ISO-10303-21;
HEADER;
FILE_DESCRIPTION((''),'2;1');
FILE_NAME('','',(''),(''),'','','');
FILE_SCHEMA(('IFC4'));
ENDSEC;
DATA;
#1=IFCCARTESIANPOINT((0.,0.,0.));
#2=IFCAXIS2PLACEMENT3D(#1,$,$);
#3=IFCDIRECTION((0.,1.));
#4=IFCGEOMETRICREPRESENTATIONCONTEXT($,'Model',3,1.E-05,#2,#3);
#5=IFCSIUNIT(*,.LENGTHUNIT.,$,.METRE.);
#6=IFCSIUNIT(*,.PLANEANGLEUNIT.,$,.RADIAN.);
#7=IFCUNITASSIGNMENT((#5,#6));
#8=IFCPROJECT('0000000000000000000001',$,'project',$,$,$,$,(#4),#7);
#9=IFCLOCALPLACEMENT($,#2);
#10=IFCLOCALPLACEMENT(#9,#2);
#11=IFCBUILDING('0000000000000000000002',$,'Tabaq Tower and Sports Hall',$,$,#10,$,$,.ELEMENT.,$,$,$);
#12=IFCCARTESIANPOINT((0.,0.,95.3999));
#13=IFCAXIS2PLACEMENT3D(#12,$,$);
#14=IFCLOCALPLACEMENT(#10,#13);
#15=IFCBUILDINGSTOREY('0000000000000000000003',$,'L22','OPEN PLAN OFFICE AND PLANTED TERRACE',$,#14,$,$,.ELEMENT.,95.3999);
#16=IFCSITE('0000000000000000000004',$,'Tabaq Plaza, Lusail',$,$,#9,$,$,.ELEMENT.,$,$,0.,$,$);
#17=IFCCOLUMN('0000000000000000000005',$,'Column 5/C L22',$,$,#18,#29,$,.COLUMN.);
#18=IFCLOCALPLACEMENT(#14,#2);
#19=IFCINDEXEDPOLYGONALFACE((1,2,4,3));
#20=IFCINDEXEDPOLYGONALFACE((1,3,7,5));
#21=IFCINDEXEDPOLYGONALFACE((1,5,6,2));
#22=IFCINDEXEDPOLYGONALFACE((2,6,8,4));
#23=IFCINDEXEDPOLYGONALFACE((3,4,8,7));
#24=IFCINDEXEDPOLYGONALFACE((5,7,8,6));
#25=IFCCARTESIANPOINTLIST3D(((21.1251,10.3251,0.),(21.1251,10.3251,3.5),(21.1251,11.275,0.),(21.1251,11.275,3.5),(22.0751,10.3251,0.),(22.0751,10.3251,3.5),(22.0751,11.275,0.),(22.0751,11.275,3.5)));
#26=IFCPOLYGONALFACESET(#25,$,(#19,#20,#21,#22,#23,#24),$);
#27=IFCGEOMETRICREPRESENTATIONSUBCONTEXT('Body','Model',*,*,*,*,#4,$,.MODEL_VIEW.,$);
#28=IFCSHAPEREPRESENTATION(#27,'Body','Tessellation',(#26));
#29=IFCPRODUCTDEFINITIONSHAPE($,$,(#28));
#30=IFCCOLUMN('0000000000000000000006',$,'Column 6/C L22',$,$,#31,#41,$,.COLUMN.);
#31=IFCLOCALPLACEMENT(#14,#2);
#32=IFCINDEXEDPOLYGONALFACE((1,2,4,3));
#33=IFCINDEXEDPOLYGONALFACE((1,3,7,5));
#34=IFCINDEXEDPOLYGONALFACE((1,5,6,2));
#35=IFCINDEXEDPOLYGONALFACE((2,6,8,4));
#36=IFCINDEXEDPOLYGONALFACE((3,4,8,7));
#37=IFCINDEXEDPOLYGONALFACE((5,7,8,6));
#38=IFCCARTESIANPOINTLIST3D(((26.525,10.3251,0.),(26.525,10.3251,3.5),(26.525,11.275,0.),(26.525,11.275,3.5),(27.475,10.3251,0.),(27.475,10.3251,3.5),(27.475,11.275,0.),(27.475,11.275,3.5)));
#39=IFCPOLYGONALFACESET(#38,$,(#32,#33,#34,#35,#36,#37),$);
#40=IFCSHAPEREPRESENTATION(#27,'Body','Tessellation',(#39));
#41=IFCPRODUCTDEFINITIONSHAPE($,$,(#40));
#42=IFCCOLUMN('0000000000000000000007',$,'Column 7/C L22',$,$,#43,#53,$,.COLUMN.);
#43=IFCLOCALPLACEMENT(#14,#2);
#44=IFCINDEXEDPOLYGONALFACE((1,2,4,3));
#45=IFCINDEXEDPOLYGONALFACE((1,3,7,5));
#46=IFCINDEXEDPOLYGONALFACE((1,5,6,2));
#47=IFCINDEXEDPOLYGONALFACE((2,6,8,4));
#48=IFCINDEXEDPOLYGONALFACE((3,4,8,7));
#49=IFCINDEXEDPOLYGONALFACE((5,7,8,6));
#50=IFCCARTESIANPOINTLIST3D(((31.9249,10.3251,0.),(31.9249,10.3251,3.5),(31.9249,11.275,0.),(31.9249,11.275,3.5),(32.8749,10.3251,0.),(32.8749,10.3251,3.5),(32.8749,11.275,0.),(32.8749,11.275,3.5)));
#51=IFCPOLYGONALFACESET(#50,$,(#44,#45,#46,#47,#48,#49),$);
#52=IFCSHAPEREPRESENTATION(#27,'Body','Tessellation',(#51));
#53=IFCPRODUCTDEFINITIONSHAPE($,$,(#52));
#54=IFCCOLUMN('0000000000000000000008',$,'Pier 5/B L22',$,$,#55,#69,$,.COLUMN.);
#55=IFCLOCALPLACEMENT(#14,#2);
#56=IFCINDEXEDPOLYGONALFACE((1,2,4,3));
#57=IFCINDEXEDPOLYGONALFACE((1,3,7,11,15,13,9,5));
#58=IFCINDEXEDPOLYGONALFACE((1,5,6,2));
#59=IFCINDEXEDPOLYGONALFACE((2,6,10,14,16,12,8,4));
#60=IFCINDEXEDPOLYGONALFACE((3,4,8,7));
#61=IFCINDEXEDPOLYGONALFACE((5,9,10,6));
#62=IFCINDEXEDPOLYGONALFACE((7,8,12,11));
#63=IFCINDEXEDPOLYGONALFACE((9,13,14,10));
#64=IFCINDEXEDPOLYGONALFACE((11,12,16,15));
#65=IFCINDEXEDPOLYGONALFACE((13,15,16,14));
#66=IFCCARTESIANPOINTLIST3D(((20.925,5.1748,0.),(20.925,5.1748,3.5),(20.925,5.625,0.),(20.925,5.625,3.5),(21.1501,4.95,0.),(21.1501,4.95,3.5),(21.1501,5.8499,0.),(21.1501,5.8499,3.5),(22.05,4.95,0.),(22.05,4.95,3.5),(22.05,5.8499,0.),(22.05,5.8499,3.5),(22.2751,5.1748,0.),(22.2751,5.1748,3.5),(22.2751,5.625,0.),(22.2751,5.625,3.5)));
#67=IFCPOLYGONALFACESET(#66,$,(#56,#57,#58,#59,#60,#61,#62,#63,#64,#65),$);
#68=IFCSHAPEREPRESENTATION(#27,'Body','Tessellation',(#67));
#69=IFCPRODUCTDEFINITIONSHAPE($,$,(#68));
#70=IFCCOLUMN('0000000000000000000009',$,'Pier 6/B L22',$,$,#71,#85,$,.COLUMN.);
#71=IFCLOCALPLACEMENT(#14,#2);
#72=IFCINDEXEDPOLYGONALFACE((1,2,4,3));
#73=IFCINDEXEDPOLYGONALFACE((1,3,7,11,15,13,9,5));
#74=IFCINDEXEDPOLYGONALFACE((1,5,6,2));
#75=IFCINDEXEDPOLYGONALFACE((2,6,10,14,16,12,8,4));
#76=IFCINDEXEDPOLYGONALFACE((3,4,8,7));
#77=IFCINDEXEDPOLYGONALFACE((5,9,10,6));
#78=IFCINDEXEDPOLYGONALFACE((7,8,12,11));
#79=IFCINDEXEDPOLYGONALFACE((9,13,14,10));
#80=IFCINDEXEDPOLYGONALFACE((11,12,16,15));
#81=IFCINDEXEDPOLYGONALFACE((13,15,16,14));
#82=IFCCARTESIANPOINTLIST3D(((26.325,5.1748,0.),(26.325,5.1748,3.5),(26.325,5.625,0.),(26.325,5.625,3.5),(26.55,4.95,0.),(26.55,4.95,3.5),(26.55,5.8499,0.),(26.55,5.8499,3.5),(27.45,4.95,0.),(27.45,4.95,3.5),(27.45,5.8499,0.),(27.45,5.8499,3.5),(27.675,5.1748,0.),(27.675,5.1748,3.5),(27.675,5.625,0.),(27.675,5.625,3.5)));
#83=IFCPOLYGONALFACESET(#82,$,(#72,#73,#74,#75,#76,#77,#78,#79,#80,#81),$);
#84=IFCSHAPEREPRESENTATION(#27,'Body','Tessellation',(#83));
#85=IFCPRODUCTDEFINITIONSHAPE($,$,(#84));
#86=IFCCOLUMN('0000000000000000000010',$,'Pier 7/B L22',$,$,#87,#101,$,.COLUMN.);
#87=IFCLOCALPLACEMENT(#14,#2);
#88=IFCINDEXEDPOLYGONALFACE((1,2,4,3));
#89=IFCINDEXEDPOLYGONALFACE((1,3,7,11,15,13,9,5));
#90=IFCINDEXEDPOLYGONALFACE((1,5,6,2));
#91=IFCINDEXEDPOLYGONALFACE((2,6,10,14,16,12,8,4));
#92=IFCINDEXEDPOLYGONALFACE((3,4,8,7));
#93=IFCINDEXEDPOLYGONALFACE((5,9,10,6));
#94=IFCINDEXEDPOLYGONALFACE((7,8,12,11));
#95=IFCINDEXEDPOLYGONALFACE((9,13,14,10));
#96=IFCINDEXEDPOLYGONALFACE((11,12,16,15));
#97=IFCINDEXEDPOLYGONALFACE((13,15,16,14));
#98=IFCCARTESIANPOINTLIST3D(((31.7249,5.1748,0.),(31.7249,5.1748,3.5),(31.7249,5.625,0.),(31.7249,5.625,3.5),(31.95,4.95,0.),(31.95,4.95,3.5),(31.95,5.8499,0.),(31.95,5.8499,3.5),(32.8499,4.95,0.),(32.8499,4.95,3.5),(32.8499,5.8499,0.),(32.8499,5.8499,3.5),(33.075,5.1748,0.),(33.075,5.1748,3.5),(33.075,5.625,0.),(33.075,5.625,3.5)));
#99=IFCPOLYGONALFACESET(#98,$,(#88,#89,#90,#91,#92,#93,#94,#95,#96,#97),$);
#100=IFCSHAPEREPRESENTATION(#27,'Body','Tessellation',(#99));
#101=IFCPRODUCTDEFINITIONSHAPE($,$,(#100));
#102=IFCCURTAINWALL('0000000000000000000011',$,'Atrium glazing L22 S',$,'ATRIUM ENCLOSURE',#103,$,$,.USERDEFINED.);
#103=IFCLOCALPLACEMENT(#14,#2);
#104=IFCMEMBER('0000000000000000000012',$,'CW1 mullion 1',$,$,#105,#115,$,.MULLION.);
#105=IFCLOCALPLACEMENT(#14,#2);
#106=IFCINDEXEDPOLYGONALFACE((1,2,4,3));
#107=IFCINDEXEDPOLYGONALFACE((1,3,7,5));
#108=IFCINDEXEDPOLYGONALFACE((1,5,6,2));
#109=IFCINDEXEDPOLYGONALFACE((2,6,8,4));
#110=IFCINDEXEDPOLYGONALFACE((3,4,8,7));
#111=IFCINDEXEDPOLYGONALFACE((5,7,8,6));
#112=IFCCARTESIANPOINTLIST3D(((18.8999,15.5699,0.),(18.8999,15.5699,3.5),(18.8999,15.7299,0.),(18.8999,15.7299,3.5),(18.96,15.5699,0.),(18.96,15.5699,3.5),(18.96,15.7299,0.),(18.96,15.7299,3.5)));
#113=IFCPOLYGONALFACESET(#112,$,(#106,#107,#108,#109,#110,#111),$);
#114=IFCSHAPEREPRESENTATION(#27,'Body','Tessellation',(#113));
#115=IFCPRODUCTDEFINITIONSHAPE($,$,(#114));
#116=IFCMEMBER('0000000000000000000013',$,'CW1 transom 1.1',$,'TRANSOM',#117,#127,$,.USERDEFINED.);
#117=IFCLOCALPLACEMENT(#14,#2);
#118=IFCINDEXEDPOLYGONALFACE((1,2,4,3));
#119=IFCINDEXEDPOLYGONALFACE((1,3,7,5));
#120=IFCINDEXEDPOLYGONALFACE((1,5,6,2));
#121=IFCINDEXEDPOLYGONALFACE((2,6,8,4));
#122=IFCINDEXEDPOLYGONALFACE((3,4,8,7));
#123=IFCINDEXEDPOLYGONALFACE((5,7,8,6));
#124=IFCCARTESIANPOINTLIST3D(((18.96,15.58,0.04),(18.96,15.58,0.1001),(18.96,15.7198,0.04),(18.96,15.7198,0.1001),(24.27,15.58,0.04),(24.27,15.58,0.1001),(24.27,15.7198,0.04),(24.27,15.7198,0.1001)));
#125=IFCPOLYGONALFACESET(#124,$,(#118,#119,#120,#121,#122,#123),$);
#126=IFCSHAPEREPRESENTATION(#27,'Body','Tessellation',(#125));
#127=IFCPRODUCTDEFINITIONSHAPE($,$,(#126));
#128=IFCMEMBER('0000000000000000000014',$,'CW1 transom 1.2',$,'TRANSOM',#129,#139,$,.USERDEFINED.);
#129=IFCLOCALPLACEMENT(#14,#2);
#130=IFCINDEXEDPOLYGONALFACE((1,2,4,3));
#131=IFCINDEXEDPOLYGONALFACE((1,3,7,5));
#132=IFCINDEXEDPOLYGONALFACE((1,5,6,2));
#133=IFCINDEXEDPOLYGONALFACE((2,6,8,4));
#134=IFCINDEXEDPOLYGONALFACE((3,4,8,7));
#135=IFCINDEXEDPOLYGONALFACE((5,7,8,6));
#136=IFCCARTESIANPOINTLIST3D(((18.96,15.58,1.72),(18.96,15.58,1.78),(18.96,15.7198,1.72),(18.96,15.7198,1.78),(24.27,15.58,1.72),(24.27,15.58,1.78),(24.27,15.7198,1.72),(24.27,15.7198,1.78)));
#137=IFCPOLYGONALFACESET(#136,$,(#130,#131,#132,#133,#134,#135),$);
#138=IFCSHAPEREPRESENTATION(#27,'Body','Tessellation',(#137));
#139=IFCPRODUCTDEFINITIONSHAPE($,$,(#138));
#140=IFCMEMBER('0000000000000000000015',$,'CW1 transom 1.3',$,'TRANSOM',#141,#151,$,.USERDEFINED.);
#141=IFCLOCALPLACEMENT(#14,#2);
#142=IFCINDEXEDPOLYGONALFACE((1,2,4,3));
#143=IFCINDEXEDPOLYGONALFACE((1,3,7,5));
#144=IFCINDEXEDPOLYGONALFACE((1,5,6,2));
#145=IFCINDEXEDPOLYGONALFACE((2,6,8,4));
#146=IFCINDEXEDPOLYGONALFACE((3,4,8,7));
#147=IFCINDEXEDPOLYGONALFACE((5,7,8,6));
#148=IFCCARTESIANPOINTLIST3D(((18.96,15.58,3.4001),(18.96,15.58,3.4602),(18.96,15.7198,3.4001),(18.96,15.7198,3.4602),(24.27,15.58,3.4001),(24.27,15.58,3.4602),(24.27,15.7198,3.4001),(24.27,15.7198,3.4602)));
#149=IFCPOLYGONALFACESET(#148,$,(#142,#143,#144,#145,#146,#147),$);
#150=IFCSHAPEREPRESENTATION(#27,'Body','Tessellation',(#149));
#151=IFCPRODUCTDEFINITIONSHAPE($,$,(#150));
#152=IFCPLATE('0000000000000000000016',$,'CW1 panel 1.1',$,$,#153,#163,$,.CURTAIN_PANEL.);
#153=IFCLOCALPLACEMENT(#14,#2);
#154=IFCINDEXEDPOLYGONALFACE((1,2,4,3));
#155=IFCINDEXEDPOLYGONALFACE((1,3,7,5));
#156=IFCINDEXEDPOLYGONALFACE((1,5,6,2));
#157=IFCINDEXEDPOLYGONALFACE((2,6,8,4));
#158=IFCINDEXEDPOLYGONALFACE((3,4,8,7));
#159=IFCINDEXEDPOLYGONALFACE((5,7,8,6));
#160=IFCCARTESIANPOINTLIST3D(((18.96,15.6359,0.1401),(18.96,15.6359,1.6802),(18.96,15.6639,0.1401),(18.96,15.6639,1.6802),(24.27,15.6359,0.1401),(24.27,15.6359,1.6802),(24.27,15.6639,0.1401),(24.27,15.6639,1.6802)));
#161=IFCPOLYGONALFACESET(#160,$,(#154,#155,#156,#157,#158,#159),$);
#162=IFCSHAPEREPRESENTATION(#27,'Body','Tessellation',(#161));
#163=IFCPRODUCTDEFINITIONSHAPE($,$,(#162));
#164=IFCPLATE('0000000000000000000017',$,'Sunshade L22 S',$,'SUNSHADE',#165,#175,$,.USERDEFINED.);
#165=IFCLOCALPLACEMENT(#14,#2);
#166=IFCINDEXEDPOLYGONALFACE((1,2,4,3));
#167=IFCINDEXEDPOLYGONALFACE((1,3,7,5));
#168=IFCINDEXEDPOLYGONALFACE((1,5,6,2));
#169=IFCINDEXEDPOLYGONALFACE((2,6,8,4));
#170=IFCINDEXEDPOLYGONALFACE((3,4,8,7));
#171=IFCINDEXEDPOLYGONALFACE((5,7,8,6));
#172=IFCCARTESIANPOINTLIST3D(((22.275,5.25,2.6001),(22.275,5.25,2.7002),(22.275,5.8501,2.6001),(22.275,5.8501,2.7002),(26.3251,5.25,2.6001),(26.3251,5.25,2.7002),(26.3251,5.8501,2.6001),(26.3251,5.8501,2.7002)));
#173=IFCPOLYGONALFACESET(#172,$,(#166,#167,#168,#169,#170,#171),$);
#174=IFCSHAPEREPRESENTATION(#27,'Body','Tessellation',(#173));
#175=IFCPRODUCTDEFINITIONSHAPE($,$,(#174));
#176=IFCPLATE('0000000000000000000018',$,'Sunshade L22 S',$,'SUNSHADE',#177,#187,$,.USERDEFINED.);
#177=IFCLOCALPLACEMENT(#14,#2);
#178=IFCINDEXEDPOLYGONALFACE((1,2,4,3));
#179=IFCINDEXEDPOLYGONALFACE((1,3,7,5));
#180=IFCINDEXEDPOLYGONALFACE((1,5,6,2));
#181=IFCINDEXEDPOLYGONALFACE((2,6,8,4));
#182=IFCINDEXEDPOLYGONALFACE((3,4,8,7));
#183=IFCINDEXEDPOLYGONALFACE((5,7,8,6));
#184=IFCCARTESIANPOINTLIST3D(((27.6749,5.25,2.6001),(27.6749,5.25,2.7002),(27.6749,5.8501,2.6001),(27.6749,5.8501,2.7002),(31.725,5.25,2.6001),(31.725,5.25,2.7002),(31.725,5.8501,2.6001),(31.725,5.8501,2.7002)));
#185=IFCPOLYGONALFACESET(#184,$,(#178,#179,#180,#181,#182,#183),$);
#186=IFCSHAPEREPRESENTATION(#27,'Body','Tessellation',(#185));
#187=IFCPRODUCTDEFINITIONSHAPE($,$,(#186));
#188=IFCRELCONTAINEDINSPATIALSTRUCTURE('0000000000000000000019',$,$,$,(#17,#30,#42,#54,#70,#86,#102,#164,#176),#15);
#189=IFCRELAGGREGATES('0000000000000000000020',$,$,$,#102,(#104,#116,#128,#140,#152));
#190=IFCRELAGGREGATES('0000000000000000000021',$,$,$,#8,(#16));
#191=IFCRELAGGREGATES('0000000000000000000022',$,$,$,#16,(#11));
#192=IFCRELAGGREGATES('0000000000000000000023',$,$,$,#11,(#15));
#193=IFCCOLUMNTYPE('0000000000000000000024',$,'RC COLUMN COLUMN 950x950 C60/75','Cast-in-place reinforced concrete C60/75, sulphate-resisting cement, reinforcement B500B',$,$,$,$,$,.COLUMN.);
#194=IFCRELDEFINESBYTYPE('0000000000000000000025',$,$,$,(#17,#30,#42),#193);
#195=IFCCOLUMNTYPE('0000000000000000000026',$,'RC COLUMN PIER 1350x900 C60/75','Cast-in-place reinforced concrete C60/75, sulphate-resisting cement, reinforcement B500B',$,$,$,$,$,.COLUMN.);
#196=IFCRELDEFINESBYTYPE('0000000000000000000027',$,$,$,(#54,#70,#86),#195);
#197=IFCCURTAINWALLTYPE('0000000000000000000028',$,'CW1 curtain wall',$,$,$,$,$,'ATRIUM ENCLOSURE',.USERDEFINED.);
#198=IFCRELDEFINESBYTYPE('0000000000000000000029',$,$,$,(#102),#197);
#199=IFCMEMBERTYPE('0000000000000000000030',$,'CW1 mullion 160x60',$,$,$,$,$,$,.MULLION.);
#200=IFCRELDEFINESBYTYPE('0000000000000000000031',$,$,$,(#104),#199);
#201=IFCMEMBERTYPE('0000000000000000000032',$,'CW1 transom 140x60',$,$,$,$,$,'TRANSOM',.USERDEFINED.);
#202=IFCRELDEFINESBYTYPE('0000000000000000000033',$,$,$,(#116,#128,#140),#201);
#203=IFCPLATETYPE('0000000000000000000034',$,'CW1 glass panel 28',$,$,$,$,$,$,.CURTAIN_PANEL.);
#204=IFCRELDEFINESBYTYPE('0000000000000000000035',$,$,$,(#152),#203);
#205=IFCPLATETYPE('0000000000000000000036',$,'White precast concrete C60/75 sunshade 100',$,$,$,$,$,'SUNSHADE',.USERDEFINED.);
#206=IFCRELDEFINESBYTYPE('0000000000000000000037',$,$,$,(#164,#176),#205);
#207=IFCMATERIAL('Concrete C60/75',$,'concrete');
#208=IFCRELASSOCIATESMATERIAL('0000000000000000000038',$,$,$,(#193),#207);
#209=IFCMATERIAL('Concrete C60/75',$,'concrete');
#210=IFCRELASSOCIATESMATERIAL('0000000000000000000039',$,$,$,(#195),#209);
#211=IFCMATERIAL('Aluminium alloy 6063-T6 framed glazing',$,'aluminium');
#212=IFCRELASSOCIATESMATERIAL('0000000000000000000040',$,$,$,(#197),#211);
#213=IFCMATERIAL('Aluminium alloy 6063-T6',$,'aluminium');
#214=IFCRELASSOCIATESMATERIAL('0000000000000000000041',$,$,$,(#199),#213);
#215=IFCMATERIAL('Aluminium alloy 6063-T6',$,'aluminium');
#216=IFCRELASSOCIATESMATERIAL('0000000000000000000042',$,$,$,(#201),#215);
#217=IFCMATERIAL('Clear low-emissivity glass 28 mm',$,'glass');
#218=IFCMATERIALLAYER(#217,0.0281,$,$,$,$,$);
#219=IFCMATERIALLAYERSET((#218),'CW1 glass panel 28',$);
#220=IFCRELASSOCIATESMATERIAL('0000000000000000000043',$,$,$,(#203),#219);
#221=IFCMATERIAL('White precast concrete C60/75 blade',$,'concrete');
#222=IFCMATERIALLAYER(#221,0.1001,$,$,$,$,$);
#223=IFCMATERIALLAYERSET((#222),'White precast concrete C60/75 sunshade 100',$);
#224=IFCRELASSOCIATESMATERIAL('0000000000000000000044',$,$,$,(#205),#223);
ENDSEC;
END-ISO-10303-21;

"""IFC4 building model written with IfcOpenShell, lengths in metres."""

from ifc_helpers import new_model, si_unit, direction, frame, origin, origin_2d, place, context, subcontext, project, spatial, polyline, rectangle, outline, extrude, material, layer, layer_set, material_profile, profile_set, type_object, element, aggregate, save


model = new_model("IFC4")

# Units and contexts
model_context = context("Model", 3, precision=1e-05, world=origin(), true_north=direction((0.0, 1.0)))
body_context = subcontext(model_context, "Body", "Model", "MODEL_VIEW")
ifc_project = project(units=[si_unit("LENGTHUNIT", "METRE"), si_unit("PLANEANGLEUNIT", "RADIAN")], contexts=[model_context])

# Site, building, storey
site_placement = place(None, origin())
site = spatial("IfcSite", under=ifc_project, at=site_placement, Name="Tabaq Plaza, Lusail", CompositionType="ELEMENT", RefElevation=0.0)
building_placement = place(site_placement, origin())
building = spatial("IfcBuilding", under=site, at=building_placement, Name="Tabaq Tower and Sports Hall", CompositionType="ELEMENT")
storey_placement = place(building_placement, frame((0.0, 0.0, 95.3999)))
storey = spatial("IfcBuildingStorey", under=building, at=storey_placement, Name="L22", Description="OPEN PLAN OFFICE AND PLANTED TERRACE", CompositionType="ELEMENT", Elevation=95.3999)

# Columns
ifc_material_1 = material(Name="Concrete C60/75", Category="concrete")
ifc_material_profile_1 = material_profile(ifc_material_1, rectangle(XDim=0.95, YDim=0.95, at=origin_2d()), Name="COLUMN 950x950")
ifc_profile_set_1 = profile_set([ifc_material_profile_1], Name="Concrete C60/75")
column_type_1 = type_object("IfcColumnType", Name="RC COLUMN COLUMN 950x950 C60/75", Description="Cast-in-place reinforced concrete C60/75, sulphate-resisting cement, reinforcement B500B", PredefinedType="COLUMN", material=ifc_profile_set_1)
for number, where, z_axis, x_axis, name in (
    (1, (21.6001, 10.8, 0.0), (0.0, 0.0, 1.0), (1.0, 0.0, 0.0), "Column 5/C L22"),
    (2, (27.0, 10.8, 0.0), (0.0, 0.0, 1.0), (1.0, 0.0, 0.0), "Column 6/C L22"),
    (3, (32.3999, 10.8, 0.0), (0.0, 0.0, 1.0), (1.0, 0.0, 0.0), "Column 7/C L22"),
):
    element("IfcColumn", number, at=place(storey_placement, frame(where, z_axis=z_axis, x_axis=x_axis)), inside=storey, type_object=column_type_1, Name=name, PredefinedType="COLUMN", context=body_context, shape_type="SweptSolid", body=[
        extrude(rectangle(XDim=0.95, YDim=0.95, at=origin_2d()), origin(), (0.0, 0.0, 1.0), 3.5),
    ])
ifc_material_2 = material(Name="Concrete C60/75", Category="concrete")
ifc_material_profile_2 = material_profile(ifc_material_2, outline(polyline([(-0.45, -0.45), (0.45, -0.45), (0.675, -0.2251), (0.675, 0.2251), (0.45, 0.45), (-0.45, 0.45), (-0.675, 0.2251), (-0.675, -0.2251), (-0.45, -0.45)])), Name="PIER 1350x900")
ifc_profile_set_2 = profile_set([ifc_material_profile_2], Name="Concrete C60/75")
column_type_2 = type_object("IfcColumnType", Name="RC COLUMN PIER 1350x900 C60/75", Description="Cast-in-place reinforced concrete C60/75, sulphate-resisting cement, reinforcement B500B", PredefinedType="COLUMN", material=ifc_profile_set_2)
for number, where, z_axis, x_axis, name in (
    (4, (21.6001, 5.3999, 0.0), (0.0, 0.0, 1.0), (1.0, 0.0, 0.0), "Pier 5/B L22"),
    (5, (27.0, 5.3999, 0.0), (0.0, 0.0, 1.0), (1.0, 0.0, 0.0), "Pier 6/B L22"),
    (6, (32.3999, 5.3999, 0.0), (0.0, 0.0, 1.0), (1.0, 0.0, 0.0), "Pier 7/B L22"),
):
    element("IfcColumn", number, at=place(storey_placement, frame(where, z_axis=z_axis, x_axis=x_axis)), inside=storey, type_object=column_type_2, Name=name, PredefinedType="COLUMN", context=body_context, shape_type="SweptSolid", body=[
        extrude(outline(polyline([(-0.45, -0.45), (0.45, -0.45), (0.675, -0.2251), (0.675, 0.2251), (0.45, 0.45), (-0.45, 0.45), (-0.675, 0.2251), (-0.675, -0.2251), (-0.45, -0.45)])), origin(), (0.0, 0.0, 1.0), 3.5),
    ])

# Curtain wall, members, plate
ifc_material_3 = material(Name="Aluminium alloy 6063-T6 framed glazing", Category="aluminium")
curtain_wall_type = type_object("IfcCurtainWallType", Name="CW1 curtain wall", ElementType="ATRIUM ENCLOSURE", PredefinedType="USERDEFINED", material=ifc_material_3)
curtain_wall_placement = place(storey_placement, origin())
curtain_wall = element("IfcCurtainWall", 7, at=curtain_wall_placement, inside=storey, type_object=curtain_wall_type, Name="Atrium glazing L22 S", ObjectType="ATRIUM ENCLOSURE", PredefinedType="USERDEFINED")
ifc_material_4 = material(Name="Aluminium alloy 6063-T6", Category="aluminium")
ifc_material_profile_3 = material_profile(ifc_material_4, rectangle(XDim=0.1599, YDim=0.0601, at=origin_2d()), Name="MULLION 160x60")
ifc_profile_set_3 = profile_set([ifc_material_profile_3], Name="Aluminium alloy 6063-T6")
member_type_1 = type_object("IfcMemberType", Name="CW1 mullion 160x60", PredefinedType="MULLION", material=ifc_profile_set_3)
member_1_placement = place(storey_placement, frame((18.9299, 15.6499, 0.0), z_axis=(0.0, 0.0, 1.0), x_axis=(0.0, 1.0, 0.0)))
member_1 = element("IfcMember", 8, at=member_1_placement, type_object=member_type_1, Name="CW1 mullion 1", PredefinedType="MULLION", context=body_context, shape_type="SweptSolid", body=[
    extrude(rectangle(XDim=0.1599, YDim=0.0601, at=origin_2d()), origin(), (0.0, 0.0, 1.0), 3.5),
])
ifc_material_5 = material(Name="Aluminium alloy 6063-T6", Category="aluminium")
ifc_material_profile_4 = material_profile(ifc_material_5, rectangle(XDim=0.1399, YDim=0.0601, at=origin_2d()), Name="TRANSOM 140x60")
ifc_profile_set_4 = profile_set([ifc_material_profile_4], Name="Aluminium alloy 6063-T6")
member_type_2 = type_object("IfcMemberType", Name="CW1 transom 140x60", ElementType="TRANSOM", PredefinedType="USERDEFINED", material=ifc_profile_set_4)
member_2_placement = place(storey_placement, frame((18.96, 15.6499, 0.0701), z_axis=(1.0, 0.0, 0.0), x_axis=(0.0, 1.0, 0.0)))
member_2 = element("IfcMember", 9, at=member_2_placement, type_object=member_type_2, Name="CW1 transom 1.1", ObjectType="TRANSOM", PredefinedType="USERDEFINED", context=body_context, shape_type="SweptSolid", body=[
    extrude(rectangle(XDim=0.1399, YDim=0.0601, at=origin_2d()), origin(), (0.0, 0.0, 1.0), 5.3101),
])
member_3_placement = place(storey_placement, frame((18.96, 15.6499, 1.75), z_axis=(1.0, 0.0, 0.0), x_axis=(0.0, 1.0, 0.0)))
member_3 = element("IfcMember", 10, at=member_3_placement, type_object=member_type_2, Name="CW1 transom 1.2", ObjectType="TRANSOM", PredefinedType="USERDEFINED", context=body_context, shape_type="SweptSolid", body=[
    extrude(rectangle(XDim=0.1399, YDim=0.0601, at=origin_2d()), origin(), (0.0, 0.0, 1.0), 5.3101),
])
member_4_placement = place(storey_placement, frame((18.96, 15.6499, 3.4302), z_axis=(1.0, 0.0, 0.0), x_axis=(0.0, 1.0, 0.0)))
member_4 = element("IfcMember", 11, at=member_4_placement, type_object=member_type_2, Name="CW1 transom 1.3", ObjectType="TRANSOM", PredefinedType="USERDEFINED", context=body_context, shape_type="SweptSolid", body=[
    extrude(rectangle(XDim=0.1399, YDim=0.0601, at=origin_2d()), origin(), (0.0, 0.0, 1.0), 5.3101),
])
ifc_material_6 = material(Name="Clear low-emissivity glass 28 mm", Category="glass")
ifc_layer_1 = layer(ifc_material_6, 0.0281)
ifc_layer_set_1 = layer_set([ifc_layer_1], Name="CW1 glass panel 28")
plate_type_1 = type_object("IfcPlateType", Name="CW1 glass panel 28", PredefinedType="CURTAIN_PANEL", material=ifc_layer_set_1)
plate_placement = place(storey_placement, frame((21.615, 15.6499, 0.1401), z_axis=(0.0, 0.0, 1.0), x_axis=(1.0, 0.0, 0.0)))
plate = element("IfcPlate", 12, at=plate_placement, type_object=plate_type_1, Name="CW1 panel 1.1", PredefinedType="CURTAIN_PANEL", context=body_context, shape_type="SweptSolid", body=[
    extrude(rectangle(XDim=5.3101, YDim=0.0281, at=origin_2d()), origin(), (0.0, 0.0, 1.0), 1.54),
])
aggregate(curtain_wall, [member_1, member_2, member_3, member_4, plate])

# Plates
ifc_material_7 = material(Name="White precast concrete C60/75 blade", Category="concrete")
ifc_layer_2 = layer(ifc_material_7, 0.1001)
ifc_layer_set_2 = layer_set([ifc_layer_2], Name="White precast concrete C60/75 sunshade 100")
plate_type_2 = type_object("IfcPlateType", Name="White precast concrete C60/75 sunshade 100", ElementType="SUNSHADE", PredefinedType="USERDEFINED", material=ifc_layer_set_2)
for number, where, z_axis, x_axis, name in (
    (13, (24.3, 5.55, 2.6001), (0.0, 0.0, 1.0), (1.0, 0.0, 0.0), "Sunshade L22 S"),
    (14, (29.7, 5.55, 2.6001), (0.0, 0.0, 1.0), (1.0, 0.0, 0.0), "Sunshade L22 S"),
):
    element("IfcPlate", number, at=place(storey_placement, frame(where, z_axis=z_axis, x_axis=x_axis)), inside=storey, type_object=plate_type_2, Name=name, ObjectType="SUNSHADE", PredefinedType="USERDEFINED", context=body_context, shape_type="SweptSolid", body=[
        extrude(rectangle(XDim=4.05, YDim=0.6001, at=origin_2d()), origin(), (0.0, 0.0, 1.0), 0.1001),
    ])

save(model, "model.ifc")
